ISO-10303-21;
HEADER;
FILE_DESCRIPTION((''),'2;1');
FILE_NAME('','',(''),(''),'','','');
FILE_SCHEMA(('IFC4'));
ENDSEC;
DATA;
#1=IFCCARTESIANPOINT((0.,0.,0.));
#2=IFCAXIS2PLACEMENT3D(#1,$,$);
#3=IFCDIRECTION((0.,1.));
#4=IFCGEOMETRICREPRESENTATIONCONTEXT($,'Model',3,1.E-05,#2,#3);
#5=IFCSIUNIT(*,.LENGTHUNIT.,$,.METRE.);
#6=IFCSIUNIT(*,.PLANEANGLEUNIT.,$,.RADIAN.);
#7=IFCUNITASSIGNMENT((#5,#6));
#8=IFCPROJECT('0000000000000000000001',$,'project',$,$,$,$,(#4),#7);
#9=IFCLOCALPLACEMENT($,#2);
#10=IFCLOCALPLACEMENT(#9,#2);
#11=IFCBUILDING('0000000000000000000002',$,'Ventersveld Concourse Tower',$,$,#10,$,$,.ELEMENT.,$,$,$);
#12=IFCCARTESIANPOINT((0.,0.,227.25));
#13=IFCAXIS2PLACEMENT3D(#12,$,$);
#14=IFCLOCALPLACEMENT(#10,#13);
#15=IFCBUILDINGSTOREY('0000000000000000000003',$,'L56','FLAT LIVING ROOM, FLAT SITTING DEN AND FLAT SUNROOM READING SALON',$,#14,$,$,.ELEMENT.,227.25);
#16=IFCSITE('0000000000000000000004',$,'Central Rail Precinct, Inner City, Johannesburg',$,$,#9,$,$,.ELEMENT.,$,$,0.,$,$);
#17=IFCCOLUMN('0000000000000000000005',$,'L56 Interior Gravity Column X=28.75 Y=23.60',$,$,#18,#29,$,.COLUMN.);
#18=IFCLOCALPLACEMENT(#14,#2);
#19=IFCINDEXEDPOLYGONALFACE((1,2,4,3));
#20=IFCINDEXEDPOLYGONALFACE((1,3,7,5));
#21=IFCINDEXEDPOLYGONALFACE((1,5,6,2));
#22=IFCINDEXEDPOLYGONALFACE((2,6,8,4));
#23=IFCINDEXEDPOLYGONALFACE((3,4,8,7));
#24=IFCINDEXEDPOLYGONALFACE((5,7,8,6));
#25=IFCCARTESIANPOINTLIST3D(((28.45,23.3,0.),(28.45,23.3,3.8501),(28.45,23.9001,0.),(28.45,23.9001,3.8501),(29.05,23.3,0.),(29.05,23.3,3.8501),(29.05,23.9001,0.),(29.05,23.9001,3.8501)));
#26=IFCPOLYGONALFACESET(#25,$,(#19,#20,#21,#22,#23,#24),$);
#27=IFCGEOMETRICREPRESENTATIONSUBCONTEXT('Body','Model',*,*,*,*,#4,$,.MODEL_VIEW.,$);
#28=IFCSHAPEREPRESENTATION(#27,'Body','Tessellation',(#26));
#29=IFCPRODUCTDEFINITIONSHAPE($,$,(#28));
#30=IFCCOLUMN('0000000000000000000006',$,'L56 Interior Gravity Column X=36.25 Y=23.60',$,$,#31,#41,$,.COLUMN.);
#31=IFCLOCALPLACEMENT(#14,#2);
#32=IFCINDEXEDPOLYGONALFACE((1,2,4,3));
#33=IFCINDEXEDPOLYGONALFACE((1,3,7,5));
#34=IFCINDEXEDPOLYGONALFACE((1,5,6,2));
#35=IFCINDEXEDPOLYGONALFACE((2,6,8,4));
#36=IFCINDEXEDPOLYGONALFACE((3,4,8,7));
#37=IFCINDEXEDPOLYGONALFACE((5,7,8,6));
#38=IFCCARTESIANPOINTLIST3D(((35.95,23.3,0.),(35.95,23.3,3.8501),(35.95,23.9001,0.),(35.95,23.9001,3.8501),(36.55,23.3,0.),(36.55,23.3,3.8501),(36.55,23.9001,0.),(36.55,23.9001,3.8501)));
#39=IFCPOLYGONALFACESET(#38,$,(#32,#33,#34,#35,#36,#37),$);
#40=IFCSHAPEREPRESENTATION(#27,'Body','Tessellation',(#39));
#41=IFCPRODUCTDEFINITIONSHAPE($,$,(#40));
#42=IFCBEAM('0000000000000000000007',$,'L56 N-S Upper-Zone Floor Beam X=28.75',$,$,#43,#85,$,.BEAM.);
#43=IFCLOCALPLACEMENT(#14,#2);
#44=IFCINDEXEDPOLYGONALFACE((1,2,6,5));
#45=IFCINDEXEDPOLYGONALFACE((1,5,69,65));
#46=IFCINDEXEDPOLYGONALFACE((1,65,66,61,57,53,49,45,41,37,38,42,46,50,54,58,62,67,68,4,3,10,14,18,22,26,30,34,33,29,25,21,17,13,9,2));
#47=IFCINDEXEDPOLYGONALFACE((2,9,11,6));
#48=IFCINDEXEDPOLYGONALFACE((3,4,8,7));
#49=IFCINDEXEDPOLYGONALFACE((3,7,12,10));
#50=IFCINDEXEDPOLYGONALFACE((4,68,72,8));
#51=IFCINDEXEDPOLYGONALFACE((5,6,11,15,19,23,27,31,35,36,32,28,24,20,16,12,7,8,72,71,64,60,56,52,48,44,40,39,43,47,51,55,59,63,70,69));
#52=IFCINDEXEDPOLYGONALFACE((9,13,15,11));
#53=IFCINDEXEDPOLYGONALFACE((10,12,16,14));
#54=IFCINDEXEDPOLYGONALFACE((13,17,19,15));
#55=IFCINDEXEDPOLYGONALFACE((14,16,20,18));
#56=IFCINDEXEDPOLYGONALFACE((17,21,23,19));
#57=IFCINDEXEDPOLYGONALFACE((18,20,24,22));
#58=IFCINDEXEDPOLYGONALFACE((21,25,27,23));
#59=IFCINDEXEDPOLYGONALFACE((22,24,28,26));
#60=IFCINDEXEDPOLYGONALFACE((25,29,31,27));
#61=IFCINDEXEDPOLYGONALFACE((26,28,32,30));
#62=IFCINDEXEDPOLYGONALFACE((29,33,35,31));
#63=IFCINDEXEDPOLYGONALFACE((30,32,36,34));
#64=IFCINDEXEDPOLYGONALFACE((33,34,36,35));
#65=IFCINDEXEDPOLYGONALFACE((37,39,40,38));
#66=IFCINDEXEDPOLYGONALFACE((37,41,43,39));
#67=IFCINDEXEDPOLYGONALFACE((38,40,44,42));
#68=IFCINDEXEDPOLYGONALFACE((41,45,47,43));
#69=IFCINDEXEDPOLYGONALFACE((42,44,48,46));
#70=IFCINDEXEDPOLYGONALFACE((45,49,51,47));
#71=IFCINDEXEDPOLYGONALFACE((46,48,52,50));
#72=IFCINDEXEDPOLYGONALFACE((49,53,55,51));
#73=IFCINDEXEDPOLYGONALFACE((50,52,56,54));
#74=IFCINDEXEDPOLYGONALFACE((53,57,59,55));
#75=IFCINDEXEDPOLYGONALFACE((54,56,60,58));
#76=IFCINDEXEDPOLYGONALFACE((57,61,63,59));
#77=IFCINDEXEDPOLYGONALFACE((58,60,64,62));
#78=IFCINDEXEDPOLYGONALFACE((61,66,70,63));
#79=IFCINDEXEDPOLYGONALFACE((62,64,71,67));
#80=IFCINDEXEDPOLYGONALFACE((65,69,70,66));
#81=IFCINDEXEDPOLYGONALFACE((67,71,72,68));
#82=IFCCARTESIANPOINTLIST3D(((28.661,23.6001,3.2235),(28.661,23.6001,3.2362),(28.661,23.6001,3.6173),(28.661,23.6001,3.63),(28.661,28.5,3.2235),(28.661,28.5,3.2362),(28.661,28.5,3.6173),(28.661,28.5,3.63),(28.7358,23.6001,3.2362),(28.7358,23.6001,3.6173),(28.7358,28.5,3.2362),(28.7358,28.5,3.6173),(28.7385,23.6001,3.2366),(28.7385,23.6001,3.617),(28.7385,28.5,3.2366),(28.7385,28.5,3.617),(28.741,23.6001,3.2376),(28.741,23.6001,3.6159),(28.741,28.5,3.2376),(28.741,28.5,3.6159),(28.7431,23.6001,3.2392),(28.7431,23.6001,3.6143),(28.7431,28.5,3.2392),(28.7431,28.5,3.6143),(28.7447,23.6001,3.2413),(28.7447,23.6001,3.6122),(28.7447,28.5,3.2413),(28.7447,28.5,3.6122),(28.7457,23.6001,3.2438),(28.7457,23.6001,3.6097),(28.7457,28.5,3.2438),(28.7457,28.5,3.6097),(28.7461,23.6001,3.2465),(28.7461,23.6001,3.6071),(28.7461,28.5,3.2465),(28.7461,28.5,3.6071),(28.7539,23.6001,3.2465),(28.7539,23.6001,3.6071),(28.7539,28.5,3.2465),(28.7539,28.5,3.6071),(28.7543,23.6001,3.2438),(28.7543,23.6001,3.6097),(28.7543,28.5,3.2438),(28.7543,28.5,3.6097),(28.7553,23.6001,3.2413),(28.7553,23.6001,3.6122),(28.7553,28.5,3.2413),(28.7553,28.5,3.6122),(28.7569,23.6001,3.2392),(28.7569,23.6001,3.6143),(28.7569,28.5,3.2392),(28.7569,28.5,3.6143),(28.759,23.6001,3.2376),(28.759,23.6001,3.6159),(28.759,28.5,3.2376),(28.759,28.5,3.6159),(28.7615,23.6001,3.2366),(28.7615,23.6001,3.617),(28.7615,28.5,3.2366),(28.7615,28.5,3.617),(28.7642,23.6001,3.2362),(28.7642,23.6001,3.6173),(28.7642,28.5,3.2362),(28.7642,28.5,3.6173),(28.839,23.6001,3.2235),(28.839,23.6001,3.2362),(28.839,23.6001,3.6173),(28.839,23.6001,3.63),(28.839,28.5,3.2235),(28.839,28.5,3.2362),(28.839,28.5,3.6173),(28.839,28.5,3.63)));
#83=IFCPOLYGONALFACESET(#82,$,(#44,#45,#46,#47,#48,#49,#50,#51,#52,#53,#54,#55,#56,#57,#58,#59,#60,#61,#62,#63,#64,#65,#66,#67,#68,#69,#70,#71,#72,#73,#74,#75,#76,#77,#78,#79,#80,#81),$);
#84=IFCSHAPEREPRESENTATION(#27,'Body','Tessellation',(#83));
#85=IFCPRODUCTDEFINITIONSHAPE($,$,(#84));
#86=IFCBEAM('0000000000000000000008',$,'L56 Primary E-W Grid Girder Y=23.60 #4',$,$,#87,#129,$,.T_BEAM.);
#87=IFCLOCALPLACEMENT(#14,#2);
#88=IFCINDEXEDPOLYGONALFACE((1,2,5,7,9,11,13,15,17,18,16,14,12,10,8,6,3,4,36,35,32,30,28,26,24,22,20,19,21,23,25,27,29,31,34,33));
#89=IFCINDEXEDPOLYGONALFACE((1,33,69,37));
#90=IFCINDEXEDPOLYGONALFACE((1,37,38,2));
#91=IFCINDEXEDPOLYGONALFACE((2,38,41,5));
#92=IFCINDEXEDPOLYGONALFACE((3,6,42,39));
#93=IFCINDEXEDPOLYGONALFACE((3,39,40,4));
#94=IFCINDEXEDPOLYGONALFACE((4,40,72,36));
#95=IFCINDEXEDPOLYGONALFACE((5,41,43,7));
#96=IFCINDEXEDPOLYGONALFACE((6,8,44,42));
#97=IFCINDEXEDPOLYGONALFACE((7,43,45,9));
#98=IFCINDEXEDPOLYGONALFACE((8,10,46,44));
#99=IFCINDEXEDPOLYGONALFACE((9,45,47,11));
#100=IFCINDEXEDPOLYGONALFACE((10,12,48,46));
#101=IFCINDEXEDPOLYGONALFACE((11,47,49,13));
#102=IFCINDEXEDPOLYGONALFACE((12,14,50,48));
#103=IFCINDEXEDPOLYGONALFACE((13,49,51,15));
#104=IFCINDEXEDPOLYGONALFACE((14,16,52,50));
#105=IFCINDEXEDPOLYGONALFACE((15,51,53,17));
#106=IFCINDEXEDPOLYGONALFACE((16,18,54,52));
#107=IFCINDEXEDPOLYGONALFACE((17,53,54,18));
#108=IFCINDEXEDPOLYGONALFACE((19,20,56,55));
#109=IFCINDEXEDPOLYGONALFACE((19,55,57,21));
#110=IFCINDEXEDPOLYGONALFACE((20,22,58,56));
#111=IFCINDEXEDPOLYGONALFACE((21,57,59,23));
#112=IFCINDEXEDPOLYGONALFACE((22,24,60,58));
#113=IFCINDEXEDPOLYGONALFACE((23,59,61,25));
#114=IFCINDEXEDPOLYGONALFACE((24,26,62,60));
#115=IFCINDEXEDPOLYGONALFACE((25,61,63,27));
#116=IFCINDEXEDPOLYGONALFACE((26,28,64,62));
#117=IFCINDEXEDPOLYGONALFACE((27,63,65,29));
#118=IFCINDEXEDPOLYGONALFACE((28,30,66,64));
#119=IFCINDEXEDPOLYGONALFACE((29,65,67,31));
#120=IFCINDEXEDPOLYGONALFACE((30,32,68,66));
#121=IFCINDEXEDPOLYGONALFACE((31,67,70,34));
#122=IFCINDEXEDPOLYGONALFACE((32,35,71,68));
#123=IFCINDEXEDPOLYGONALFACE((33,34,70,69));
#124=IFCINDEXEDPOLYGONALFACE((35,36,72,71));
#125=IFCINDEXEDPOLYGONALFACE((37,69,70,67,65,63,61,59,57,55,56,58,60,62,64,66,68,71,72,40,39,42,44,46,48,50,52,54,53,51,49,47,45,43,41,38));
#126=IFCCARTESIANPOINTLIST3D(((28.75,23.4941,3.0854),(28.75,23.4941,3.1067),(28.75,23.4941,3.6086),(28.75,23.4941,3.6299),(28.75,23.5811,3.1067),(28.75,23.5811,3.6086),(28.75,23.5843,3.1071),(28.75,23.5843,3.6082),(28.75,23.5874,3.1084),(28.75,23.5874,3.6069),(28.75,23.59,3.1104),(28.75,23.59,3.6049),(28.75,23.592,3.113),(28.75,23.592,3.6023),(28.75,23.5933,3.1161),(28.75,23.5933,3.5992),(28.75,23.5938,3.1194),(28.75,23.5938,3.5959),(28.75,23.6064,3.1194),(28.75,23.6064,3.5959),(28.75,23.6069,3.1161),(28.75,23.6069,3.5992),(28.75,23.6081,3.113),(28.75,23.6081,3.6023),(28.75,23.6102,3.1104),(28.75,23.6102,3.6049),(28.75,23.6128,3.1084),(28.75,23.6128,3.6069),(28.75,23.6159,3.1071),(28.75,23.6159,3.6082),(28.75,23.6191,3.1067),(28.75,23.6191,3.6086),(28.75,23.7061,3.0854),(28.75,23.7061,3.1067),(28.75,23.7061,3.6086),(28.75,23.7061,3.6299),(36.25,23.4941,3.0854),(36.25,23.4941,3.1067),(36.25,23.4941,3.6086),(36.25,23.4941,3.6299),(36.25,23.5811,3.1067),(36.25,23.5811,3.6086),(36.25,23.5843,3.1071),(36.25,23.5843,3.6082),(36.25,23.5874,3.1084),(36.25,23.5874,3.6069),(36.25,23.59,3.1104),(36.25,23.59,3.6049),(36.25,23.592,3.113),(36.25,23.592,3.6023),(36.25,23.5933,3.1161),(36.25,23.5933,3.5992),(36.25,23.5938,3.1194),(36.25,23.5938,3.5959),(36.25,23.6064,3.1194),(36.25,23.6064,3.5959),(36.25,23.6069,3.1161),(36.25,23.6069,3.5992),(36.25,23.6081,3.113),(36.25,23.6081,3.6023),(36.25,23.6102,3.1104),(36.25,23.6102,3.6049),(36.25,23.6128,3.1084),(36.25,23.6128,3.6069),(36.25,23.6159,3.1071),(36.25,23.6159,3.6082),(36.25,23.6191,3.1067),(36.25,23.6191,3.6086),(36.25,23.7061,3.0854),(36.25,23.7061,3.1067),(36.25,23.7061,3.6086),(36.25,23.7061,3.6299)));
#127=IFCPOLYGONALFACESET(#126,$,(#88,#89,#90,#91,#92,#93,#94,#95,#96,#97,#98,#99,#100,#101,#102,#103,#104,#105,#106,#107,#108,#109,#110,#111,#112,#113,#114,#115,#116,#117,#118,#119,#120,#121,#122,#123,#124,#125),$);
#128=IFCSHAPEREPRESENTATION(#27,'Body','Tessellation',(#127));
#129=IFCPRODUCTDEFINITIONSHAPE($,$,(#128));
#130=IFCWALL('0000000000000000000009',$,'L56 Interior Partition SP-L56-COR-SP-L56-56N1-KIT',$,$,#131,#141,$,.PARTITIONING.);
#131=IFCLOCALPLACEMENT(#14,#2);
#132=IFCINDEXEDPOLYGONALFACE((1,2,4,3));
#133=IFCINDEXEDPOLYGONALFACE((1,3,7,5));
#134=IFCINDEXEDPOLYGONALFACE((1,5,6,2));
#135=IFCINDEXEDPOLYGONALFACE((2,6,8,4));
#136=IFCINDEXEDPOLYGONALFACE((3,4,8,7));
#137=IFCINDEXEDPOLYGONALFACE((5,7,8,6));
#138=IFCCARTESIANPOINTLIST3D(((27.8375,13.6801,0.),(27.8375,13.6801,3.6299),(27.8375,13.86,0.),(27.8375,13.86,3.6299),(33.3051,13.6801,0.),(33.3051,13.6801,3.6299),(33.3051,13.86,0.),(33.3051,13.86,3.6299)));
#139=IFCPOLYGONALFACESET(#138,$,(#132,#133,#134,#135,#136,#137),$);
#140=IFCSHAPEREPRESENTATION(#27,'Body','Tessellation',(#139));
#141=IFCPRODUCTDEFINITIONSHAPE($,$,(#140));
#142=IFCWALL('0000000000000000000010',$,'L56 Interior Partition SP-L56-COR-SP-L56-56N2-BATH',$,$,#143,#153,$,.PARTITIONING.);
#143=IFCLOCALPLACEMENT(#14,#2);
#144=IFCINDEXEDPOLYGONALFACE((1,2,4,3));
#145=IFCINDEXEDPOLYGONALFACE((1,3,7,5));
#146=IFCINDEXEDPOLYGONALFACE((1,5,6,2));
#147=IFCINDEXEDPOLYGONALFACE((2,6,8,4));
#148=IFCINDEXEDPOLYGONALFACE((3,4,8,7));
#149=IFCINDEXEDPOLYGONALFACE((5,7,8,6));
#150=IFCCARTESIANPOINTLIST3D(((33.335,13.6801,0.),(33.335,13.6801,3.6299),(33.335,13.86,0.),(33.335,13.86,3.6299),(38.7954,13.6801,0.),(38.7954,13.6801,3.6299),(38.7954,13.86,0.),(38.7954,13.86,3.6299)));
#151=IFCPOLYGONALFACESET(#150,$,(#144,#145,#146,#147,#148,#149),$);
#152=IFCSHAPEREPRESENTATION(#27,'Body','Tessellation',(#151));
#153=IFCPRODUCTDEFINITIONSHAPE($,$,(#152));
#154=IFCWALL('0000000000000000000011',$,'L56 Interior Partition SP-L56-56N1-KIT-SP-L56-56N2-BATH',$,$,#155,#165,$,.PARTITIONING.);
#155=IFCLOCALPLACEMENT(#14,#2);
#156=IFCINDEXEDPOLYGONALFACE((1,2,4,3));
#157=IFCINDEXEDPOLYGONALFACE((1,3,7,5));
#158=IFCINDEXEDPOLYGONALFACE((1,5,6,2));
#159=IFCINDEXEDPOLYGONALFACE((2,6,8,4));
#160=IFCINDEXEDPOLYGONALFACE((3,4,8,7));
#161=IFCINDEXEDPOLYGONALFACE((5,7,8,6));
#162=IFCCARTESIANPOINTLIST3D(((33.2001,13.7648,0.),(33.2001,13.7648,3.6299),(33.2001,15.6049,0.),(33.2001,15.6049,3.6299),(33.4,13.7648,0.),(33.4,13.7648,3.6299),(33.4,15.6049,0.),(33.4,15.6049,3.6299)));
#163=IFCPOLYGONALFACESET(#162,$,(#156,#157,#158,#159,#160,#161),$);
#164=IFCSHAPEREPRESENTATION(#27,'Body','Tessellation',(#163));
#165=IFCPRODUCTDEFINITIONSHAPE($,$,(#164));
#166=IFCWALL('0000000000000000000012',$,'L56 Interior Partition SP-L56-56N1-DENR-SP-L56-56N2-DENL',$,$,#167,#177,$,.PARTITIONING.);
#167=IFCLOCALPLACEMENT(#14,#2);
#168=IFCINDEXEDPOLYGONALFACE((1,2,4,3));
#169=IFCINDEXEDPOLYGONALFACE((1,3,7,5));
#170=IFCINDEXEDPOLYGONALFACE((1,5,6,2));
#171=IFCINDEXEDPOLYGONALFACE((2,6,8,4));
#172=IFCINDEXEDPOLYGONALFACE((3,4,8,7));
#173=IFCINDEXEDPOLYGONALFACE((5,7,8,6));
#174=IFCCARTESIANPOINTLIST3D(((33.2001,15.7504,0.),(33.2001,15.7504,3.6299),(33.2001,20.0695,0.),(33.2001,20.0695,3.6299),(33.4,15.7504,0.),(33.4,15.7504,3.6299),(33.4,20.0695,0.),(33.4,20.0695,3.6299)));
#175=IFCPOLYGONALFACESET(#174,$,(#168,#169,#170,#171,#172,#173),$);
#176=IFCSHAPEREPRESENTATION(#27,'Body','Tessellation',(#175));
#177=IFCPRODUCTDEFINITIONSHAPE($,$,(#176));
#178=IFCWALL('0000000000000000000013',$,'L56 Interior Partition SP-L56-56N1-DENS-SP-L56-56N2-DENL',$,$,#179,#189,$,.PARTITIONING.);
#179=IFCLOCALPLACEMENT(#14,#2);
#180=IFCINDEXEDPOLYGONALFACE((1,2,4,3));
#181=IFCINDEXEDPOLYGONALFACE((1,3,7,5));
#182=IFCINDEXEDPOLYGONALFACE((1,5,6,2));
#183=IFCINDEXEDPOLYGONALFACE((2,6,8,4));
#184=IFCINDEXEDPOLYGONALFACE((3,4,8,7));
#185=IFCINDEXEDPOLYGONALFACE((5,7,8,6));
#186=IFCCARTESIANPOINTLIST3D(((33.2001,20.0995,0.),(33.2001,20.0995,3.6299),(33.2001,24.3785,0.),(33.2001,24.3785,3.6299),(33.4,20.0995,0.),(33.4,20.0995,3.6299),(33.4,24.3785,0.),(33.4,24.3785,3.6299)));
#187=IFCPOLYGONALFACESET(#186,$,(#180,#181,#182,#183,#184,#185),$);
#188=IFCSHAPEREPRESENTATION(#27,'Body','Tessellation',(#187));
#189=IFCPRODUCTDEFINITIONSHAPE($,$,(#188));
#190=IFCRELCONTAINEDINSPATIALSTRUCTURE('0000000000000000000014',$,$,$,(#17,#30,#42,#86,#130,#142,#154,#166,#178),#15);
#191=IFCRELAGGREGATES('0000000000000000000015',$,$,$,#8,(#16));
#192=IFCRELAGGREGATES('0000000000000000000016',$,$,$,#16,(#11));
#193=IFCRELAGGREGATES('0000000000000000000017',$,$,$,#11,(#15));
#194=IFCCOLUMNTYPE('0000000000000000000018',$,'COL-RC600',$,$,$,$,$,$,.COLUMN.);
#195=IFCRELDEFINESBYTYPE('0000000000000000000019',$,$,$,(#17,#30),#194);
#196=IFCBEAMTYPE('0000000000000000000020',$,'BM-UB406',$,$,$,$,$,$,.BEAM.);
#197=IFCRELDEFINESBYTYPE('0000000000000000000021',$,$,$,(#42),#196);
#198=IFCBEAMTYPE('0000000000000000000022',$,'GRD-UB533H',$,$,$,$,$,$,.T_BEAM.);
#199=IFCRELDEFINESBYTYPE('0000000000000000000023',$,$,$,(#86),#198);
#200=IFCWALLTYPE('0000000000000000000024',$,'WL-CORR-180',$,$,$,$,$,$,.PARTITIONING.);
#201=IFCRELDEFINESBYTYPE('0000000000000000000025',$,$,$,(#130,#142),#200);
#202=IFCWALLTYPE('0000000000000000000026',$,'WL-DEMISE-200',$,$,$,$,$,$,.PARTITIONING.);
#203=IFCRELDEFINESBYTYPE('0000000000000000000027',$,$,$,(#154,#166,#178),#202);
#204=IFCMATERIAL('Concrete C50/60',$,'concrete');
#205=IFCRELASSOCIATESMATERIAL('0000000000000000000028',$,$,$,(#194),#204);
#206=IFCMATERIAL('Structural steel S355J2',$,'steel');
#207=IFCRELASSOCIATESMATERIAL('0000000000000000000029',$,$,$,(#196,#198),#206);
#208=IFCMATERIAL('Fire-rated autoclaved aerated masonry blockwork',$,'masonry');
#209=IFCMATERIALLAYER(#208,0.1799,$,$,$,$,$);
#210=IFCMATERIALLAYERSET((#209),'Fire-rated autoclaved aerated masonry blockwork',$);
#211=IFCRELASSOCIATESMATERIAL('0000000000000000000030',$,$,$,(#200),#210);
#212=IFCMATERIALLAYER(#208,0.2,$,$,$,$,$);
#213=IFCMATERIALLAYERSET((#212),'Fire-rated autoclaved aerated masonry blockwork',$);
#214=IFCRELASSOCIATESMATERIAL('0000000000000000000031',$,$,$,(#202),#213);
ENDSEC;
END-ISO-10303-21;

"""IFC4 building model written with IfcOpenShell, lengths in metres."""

from ifc_helpers import new_model, si_unit, direction, frame, frame_2d, origin, origin_2d, place, context, subcontext, project, spatial, rectangle, i_section, extrude, material, layer, layer_set, material_profile, profile_set, type_object, element, save


model = new_model("IFC4")

# Units and contexts
model_context = context("Model", 3, precision=1e-05, world=origin(), true_north=direction((0.0, 1.0)))
body_context = subcontext(model_context, "Body", "Model", "MODEL_VIEW")
ifc_project = project(units=[si_unit("LENGTHUNIT", "METRE"), si_unit("PLANEANGLEUNIT", "RADIAN")], contexts=[model_context])

# Site, building, storey
site_placement = place(None, origin())
site = spatial("IfcSite", under=ifc_project, at=site_placement, Name="Central Rail Precinct, Inner City, Johannesburg", CompositionType="ELEMENT", RefElevation=0.0)
building_placement = place(site_placement, origin())
building = spatial("IfcBuilding", under=site, at=building_placement, Name="Ventersveld Concourse Tower", CompositionType="ELEMENT")
storey_placement = place(building_placement, frame((0.0, 0.0, 227.25)))
storey = spatial("IfcBuildingStorey", under=building, at=storey_placement, Name="L56", Description="FLAT LIVING ROOM, FLAT SITTING DEN AND FLAT SUNROOM READING SALON", CompositionType="ELEMENT", Elevation=227.25)

# Columns
ifc_material_1 = material(Name="Concrete C50/60", Category="concrete")
ifc_material_profile_1 = material_profile(ifc_material_1, rectangle(XDim=0.6001, YDim=0.6001, at=origin_2d()), Name="RC 600x600")
ifc_profile_set_1 = profile_set([ifc_material_profile_1], Name="Concrete C50/60")
column_type = type_object("IfcColumnType", Name="COL-RC600", PredefinedType="COLUMN", material=ifc_profile_set_1)
for number, where, z_axis, x_axis, name in (
    (1, (28.75, 23.6001, 0.0), (0.0, 0.0, 1.0), (1.0, 0.0, 0.0), "L56 Interior Gravity Column X=28.75 Y=23.60"),
    (2, (36.25, 23.6001, 0.0), (0.0, 0.0, 1.0), (1.0, 0.0, 0.0), "L56 Interior Gravity Column X=36.25 Y=23.60"),
):
    element("IfcColumn", number, at=place(storey_placement, frame(where, z_axis=z_axis, x_axis=x_axis)), inside=storey, type_object=column_type, Name=name, PredefinedType="COLUMN", context=body_context, shape_type="SweptSolid", body=[
        extrude(rectangle(XDim=0.6001, YDim=0.6001, at=origin_2d()), origin(), (0.0, 0.0, 1.0), 3.8501),
    ])

# Beams
ifc_material_2 = material(Name="Structural steel S355J2", Category="steel")
ifc_material_profile_2 = material_profile(ifc_material_2, i_section(OverallWidth=0.178, OverallDepth=0.4065, WebThickness=0.0078, FlangeThickness=0.0127, FilletRadius=0.0103, at=origin_2d()), Name="UB 406x178x60")
ifc_profile_set_2 = profile_set([ifc_material_profile_2], Name="Structural steel S355J2")
beam_type_1 = type_object("IfcBeamType", Name="BM-UB406", PredefinedType="BEAM", material=ifc_profile_set_2)
beam_1_placement = place(storey_placement, frame((28.75, 23.6001, 3.4268), z_axis=(0.0, 1.0, 0.0), x_axis=(-1.0, 0.0, 0.0)))
element("IfcBeam", 3, at=beam_1_placement, inside=storey, type_object=beam_type_1, Name="L56 N-S Upper-Zone Floor Beam X=28.75", PredefinedType="BEAM", context=body_context, shape_type="SweptSolid", body=[
    extrude(i_section(OverallWidth=0.178, OverallDepth=0.4065, WebThickness=0.0078, FlangeThickness=0.0127, FilletRadius=0.0103, at=origin_2d()), origin(), (0.0, 0.0, 1.0), 4.8999),
])
ifc_material_profile_3 = material_profile(ifc_material_2, i_section(OverallWidth=0.2119, OverallDepth=0.5444, WebThickness=0.0127, FlangeThickness=0.0212, FilletRadius=0.0127, at=origin_2d()), Name="UB 533x210x122")
ifc_profile_set_3 = profile_set([ifc_material_profile_3], Name="Structural steel S355J2")
beam_type_2 = type_object("IfcBeamType", Name="GRD-UB533H", PredefinedType="T_BEAM", material=ifc_profile_set_3)
beam_2_placement = place(storey_placement, frame((28.75, 23.6001, 3.3577), z_axis=(1.0, 0.0, 0.0), x_axis=(0.0, 1.0, 0.0)))
element("IfcBeam", 4, at=beam_2_placement, inside=storey, type_object=beam_type_2, Name="L56 Primary E-W Grid Girder Y=23.60 #4", PredefinedType="T_BEAM", context=body_context, shape_type="SweptSolid", body=[
    extrude(i_section(OverallWidth=0.2119, OverallDepth=0.5444, WebThickness=0.0127, FlangeThickness=0.0212, FilletRadius=0.0127, at=origin_2d()), origin(), (0.0, 0.0, 1.0), 7.5),
])

# Walls
ifc_material_3 = material(Name="Fire-rated autoclaved aerated masonry blockwork", Category="masonry")
ifc_layer_1 = layer(ifc_material_3, 0.1799)
ifc_layer_set_1 = layer_set([ifc_layer_1], Name="Fire-rated autoclaved aerated masonry blockwork")
wall_type_1 = type_object("IfcWallType", Name="WL-CORR-180", PredefinedType="PARTITIONING", material=ifc_layer_set_1)
wall_1_placement = place(storey_placement, frame((27.8374, 13.77, 0.0), z_axis=(0.0, 0.0, 1.0), x_axis=(1.0, 0.0, 0.0)))
element("IfcWall", 5, at=wall_1_placement, inside=storey, type_object=wall_type_1, Name="L56 Interior Partition SP-L56-COR-SP-L56-56N1-KIT", PredefinedType="PARTITIONING", context=body_context, shape_type="SweptSolid", body=[
    extrude(rectangle(XDim=5.4675, YDim=0.1799, at=frame_2d((2.7339, 0.0))), origin(), (0.0, 0.0, 1.0), 3.6299),
])
wall_2_placement = place(storey_placement, frame((33.335, 13.77, 0.0), z_axis=(0.0, 0.0, 1.0), x_axis=(1.0, 0.0, 0.0)))
element("IfcWall", 6, at=wall_2_placement, inside=storey, type_object=wall_type_1, Name="L56 Interior Partition SP-L56-COR-SP-L56-56N2-BATH", PredefinedType="PARTITIONING", context=body_context, shape_type="SweptSolid", body=[
    extrude(rectangle(XDim=5.4604, YDim=0.1799, at=frame_2d((2.7302, 0.0))), origin(), (0.0, 0.0, 1.0), 3.6299),
])
ifc_layer_2 = layer(ifc_material_3, 0.2)
ifc_layer_set_2 = layer_set([ifc_layer_2], Name="Fire-rated autoclaved aerated masonry blockwork")
wall_type_2 = type_object("IfcWallType", Name="WL-DEMISE-200", PredefinedType="PARTITIONING", material=ifc_layer_set_2)
wall_3_placement = place(storey_placement, frame((33.3, 13.7649, 0.0), z_axis=(0.0, 0.0, 1.0), x_axis=(0.0, 1.0, 0.0)))
element("IfcWall", 7, at=wall_3_placement, inside=storey, type_object=wall_type_2, Name="L56 Interior Partition SP-L56-56N1-KIT-SP-L56-56N2-BATH", PredefinedType="PARTITIONING", context=body_context, shape_type="SweptSolid", body=[
    extrude(rectangle(XDim=1.8401, YDim=0.2, at=frame_2d((0.9199, 0.0))), origin(), (0.0, 0.0, 1.0), 3.6299),
])
wall_4_placement = place(storey_placement, frame((33.3, 15.7502, 0.0), z_axis=(0.0, 0.0, 1.0), x_axis=(0.0, 1.0, 0.0)))
element("IfcWall", 8, at=wall_4_placement, inside=storey, type_object=wall_type_2, Name="L56 Interior Partition SP-L56-56N1-DENR-SP-L56-56N2-DENL", PredefinedType="PARTITIONING", context=body_context, shape_type="SweptSolid", body=[
    extrude(rectangle(XDim=4.3191, YDim=0.2, at=frame_2d((2.1597, 0.0))), origin(), (0.0, 0.0, 1.0), 3.6299),
])
wall_5_placement = place(storey_placement, frame((33.3, 20.0994, 0.0), z_axis=(0.0, 0.0, 1.0), x_axis=(0.0, 1.0, 0.0)))
element("IfcWall", 9, at=wall_5_placement, inside=storey, type_object=wall_type_2, Name="L56 Interior Partition SP-L56-56N1-DENS-SP-L56-56N2-DENL", PredefinedType="PARTITIONING", context=body_context, shape_type="SweptSolid", body=[
    extrude(rectangle(XDim=4.2791, YDim=0.2, at=frame_2d((2.1396, 0.0))), origin(), (0.0, 0.0, 1.0), 3.6299),
])

save(model, "model.ifc")
